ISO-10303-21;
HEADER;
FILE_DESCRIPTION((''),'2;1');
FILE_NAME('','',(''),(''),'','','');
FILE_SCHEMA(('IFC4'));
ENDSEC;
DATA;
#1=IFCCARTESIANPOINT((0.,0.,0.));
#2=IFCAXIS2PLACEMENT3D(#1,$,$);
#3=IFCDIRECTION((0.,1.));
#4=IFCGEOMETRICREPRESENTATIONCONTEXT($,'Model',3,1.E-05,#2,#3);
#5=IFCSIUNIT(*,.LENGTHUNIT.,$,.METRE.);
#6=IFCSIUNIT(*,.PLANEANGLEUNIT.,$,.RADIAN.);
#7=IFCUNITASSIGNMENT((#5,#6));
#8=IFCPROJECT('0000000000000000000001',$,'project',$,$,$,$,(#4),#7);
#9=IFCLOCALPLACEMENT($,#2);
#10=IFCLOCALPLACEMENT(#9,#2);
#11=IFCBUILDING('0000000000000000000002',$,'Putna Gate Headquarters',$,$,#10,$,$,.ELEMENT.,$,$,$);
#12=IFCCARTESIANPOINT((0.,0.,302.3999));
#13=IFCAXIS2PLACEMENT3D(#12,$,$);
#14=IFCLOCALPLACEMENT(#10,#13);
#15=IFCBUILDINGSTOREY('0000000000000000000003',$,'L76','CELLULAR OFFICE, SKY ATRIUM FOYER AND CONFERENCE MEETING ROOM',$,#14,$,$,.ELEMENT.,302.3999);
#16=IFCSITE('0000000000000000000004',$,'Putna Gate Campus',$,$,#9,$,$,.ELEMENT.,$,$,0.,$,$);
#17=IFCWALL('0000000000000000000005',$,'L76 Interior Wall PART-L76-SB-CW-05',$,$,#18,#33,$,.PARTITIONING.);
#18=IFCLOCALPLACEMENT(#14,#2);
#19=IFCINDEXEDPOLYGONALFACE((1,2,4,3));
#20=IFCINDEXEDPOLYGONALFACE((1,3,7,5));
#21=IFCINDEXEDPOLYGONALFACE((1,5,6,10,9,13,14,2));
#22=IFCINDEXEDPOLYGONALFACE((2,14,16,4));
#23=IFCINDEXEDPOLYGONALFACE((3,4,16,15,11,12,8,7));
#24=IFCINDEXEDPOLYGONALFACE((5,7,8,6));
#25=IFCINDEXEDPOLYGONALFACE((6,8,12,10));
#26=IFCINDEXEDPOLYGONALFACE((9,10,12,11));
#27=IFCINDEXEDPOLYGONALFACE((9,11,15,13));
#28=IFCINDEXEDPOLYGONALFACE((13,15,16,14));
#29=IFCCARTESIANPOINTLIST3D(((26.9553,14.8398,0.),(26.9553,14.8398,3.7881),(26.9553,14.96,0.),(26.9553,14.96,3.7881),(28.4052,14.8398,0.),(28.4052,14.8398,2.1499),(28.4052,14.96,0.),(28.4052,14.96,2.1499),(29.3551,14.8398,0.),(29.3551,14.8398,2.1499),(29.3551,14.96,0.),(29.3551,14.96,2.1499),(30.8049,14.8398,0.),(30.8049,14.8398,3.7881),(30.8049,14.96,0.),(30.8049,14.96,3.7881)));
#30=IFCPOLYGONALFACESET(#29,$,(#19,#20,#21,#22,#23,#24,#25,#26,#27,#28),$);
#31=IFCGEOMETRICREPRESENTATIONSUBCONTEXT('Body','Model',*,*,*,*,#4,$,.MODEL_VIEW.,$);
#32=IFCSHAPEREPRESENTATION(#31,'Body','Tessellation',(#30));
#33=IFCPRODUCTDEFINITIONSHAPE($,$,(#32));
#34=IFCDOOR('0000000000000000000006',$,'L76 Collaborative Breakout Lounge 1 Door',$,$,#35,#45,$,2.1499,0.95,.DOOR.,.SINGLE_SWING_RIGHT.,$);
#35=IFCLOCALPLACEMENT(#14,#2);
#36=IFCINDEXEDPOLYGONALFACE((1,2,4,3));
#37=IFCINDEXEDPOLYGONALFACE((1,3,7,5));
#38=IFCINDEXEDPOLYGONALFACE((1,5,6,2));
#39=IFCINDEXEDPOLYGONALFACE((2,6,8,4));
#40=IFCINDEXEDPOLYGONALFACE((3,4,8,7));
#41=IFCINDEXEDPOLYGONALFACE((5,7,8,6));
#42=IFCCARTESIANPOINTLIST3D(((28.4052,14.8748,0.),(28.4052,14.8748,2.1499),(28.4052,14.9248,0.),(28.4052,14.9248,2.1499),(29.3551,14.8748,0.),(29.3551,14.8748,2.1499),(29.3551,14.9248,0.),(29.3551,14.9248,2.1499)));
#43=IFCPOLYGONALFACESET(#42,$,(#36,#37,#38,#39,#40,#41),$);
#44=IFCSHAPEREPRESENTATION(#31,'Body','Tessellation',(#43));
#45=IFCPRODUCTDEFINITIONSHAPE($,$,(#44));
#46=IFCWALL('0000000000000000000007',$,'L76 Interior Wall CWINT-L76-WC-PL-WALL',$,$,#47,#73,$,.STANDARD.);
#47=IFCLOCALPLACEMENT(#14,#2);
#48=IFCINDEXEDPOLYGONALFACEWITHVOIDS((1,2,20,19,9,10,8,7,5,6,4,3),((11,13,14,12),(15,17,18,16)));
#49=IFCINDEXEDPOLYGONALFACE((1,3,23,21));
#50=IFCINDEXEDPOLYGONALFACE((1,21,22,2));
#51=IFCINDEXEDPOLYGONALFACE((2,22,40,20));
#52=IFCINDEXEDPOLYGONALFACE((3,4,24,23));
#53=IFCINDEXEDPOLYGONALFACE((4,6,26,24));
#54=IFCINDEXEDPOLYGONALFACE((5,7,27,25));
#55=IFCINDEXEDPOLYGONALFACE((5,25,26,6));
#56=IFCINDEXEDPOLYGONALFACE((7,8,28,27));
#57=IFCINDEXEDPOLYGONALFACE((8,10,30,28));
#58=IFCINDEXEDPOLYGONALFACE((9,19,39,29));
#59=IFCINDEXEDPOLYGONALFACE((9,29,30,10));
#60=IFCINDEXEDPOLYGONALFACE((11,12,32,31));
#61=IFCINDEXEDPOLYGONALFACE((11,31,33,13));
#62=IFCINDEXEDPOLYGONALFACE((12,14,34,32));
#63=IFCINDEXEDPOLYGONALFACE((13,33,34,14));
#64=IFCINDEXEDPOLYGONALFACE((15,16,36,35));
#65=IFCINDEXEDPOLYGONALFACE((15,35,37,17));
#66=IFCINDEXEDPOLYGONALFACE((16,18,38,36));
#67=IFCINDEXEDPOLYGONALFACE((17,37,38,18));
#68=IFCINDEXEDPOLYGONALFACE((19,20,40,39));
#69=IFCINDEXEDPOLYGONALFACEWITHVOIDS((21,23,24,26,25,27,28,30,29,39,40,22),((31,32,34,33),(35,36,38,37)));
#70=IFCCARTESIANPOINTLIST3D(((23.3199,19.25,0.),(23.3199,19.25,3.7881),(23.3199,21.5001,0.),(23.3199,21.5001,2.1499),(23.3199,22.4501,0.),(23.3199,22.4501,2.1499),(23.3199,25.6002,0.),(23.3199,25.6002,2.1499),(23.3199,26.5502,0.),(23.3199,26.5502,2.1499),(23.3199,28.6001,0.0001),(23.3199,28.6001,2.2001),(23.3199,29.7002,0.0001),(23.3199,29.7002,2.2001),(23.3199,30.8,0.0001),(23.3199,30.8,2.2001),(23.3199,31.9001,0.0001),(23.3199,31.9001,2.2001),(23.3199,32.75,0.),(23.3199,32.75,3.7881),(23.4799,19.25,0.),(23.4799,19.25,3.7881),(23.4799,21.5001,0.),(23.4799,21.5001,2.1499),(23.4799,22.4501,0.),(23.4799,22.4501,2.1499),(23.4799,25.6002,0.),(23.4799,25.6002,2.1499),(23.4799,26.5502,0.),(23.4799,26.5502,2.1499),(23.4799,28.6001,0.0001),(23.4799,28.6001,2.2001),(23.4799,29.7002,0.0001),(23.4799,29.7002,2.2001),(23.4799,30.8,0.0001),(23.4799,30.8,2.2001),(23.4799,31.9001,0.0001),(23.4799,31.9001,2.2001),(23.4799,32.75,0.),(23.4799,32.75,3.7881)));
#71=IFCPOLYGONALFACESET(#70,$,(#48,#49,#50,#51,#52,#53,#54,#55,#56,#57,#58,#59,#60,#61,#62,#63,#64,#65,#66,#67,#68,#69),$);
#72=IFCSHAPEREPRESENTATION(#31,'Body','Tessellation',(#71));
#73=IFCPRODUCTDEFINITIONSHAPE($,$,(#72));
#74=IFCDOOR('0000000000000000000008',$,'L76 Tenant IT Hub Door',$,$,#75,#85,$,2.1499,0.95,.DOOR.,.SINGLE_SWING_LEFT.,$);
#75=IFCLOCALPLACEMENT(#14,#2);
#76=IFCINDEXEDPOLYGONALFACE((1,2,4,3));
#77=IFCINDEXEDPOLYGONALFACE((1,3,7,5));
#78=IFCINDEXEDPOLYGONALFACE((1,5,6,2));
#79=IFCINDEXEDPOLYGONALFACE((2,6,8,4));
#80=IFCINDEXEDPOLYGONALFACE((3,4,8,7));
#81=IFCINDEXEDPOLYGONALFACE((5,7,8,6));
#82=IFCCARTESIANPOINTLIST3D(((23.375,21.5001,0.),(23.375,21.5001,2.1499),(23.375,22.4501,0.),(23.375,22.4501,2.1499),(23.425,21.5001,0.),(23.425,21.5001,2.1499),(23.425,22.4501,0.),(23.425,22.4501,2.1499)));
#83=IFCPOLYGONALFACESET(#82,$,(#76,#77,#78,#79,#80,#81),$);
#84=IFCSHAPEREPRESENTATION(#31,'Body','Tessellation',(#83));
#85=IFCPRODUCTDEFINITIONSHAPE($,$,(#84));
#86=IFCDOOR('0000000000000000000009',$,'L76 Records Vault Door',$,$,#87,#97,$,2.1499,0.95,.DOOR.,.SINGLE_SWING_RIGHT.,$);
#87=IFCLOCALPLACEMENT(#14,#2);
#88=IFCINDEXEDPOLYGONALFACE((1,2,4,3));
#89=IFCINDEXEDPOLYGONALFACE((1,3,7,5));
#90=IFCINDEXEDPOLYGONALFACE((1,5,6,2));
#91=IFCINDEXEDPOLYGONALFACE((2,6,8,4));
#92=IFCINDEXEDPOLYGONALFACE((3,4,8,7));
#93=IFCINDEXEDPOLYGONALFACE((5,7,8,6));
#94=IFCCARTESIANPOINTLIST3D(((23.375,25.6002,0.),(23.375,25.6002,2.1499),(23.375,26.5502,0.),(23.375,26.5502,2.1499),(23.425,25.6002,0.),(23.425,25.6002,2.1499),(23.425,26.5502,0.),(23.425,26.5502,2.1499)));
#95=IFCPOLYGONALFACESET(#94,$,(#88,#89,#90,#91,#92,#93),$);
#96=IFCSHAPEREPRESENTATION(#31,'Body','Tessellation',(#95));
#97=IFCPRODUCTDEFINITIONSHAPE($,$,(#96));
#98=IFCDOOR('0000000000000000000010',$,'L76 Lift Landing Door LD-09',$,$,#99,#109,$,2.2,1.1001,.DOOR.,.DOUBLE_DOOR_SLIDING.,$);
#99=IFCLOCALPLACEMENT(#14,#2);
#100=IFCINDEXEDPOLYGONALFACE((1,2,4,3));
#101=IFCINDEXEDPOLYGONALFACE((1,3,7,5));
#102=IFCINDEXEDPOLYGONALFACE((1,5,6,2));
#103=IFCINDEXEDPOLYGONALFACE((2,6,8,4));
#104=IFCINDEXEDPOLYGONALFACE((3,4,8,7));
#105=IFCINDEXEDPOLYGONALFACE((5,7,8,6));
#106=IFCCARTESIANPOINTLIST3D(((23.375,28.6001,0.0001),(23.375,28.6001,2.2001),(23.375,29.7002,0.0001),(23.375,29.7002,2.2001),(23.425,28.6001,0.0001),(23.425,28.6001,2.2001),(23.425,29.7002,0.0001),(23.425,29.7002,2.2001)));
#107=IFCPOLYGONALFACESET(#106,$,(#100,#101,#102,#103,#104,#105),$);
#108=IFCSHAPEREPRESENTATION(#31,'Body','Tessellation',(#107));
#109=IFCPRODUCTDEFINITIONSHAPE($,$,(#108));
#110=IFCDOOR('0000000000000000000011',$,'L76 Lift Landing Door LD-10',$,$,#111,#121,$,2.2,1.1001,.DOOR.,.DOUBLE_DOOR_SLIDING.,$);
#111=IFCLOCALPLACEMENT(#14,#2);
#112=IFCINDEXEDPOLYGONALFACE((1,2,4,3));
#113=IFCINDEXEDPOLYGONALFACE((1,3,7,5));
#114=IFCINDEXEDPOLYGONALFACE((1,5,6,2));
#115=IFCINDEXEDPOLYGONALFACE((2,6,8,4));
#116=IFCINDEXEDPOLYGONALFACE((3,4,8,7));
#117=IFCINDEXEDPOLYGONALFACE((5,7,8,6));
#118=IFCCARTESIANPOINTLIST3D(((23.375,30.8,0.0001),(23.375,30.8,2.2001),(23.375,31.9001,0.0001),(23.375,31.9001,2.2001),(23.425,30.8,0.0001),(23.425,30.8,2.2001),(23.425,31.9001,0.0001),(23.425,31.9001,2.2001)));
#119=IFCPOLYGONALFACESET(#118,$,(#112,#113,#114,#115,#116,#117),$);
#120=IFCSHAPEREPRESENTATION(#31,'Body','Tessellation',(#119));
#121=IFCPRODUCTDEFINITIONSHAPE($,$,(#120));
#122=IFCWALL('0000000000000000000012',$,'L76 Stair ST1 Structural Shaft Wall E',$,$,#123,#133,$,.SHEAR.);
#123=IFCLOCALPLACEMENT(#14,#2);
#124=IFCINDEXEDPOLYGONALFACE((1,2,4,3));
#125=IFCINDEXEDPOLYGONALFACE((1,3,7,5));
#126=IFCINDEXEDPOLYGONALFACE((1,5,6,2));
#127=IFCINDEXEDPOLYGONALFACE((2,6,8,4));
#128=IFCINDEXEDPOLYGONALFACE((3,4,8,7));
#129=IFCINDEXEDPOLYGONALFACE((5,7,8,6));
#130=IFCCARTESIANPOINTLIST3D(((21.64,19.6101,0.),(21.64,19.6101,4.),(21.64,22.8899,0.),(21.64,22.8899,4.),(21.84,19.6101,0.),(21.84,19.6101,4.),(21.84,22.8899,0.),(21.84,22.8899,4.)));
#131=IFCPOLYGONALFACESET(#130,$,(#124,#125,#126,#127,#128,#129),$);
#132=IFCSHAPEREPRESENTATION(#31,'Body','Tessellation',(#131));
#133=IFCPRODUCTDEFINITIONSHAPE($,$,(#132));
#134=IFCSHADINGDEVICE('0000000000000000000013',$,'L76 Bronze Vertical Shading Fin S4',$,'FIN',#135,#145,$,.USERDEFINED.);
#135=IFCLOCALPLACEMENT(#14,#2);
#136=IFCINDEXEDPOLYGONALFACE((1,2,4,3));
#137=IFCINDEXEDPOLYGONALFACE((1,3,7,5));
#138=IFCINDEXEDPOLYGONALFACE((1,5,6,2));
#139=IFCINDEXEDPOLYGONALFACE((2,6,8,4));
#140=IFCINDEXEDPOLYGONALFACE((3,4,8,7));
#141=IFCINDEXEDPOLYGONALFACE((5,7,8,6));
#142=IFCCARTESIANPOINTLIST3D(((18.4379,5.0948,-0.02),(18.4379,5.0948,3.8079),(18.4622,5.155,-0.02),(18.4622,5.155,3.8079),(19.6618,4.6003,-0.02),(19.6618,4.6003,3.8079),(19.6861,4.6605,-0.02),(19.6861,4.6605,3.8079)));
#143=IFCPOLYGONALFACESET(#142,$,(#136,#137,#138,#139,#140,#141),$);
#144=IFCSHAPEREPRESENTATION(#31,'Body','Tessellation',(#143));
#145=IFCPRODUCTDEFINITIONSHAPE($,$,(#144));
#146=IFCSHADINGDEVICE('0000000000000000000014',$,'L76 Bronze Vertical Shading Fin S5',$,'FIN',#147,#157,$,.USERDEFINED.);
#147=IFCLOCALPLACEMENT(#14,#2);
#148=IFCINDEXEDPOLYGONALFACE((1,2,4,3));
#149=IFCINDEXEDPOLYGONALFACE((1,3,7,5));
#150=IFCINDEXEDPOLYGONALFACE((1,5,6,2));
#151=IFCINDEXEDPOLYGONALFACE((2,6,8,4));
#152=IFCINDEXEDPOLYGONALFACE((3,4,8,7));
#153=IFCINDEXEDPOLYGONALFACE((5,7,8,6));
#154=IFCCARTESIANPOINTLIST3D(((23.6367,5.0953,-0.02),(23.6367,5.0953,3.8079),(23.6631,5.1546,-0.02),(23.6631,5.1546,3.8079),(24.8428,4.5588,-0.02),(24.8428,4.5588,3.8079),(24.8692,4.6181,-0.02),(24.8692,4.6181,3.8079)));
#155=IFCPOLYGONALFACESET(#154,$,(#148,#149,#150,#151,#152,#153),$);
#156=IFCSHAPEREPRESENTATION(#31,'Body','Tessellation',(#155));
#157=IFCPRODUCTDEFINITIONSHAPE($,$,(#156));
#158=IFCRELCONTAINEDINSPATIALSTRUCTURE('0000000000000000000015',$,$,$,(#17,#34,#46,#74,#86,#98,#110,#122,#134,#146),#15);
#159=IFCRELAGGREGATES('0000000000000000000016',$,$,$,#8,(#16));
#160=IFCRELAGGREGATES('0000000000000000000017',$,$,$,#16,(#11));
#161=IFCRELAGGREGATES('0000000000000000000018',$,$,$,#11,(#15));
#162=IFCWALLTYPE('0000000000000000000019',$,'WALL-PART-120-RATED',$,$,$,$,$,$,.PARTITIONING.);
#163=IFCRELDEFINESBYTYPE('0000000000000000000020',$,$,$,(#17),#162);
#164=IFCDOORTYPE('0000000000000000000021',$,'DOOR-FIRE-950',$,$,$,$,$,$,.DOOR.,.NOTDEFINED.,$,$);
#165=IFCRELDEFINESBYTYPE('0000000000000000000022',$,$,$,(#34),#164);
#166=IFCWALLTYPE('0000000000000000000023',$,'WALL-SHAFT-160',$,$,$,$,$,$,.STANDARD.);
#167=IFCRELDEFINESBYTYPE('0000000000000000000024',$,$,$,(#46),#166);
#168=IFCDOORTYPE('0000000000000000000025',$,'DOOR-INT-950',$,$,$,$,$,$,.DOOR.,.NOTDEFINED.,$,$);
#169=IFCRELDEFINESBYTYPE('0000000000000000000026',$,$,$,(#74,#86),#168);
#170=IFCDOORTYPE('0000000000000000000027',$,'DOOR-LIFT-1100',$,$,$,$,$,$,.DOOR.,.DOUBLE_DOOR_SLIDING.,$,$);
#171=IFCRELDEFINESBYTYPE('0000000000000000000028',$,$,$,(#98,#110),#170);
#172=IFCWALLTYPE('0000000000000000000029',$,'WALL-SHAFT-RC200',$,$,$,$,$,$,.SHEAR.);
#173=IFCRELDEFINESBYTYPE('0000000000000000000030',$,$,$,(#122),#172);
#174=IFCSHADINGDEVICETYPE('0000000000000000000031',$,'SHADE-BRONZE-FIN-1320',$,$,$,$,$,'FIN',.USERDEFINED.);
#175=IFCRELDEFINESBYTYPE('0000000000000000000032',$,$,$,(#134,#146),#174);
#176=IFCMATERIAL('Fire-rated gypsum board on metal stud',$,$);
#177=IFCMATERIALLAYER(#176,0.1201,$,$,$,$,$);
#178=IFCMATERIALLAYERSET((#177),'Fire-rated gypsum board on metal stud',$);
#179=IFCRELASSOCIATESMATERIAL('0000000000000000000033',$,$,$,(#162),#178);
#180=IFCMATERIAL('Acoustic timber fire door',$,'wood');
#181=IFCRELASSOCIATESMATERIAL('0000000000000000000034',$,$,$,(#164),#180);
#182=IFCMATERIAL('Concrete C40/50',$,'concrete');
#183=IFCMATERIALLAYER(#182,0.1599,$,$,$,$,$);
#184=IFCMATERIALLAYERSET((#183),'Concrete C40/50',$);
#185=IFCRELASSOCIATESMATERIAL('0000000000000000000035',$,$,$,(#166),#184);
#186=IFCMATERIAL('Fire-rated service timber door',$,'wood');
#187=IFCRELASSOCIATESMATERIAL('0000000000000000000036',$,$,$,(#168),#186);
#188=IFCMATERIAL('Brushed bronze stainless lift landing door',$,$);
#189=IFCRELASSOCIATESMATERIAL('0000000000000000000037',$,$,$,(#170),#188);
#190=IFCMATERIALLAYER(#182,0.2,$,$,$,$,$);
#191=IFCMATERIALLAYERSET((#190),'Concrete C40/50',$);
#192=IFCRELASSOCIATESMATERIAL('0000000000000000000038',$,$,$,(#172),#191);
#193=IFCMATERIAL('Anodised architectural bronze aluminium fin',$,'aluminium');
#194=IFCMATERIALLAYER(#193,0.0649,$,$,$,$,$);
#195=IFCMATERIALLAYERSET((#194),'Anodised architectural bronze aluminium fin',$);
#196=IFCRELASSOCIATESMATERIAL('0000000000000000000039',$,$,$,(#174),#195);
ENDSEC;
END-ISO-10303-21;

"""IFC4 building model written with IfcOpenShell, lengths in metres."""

from ifc_helpers import new_model, si_unit, direction, frame, frame_2d, origin, origin_2d, place, context, subcontext, project, spatial, rectangle, extrude, material, layer, layer_set, type_object, element, fill, save


model = new_model("IFC4")

# Units and contexts
model_context = context("Model", 3, precision=1e-05, world=origin(), true_north=direction((0.0, 1.0)))
body_context = subcontext(model_context, "Body", "Model", "MODEL_VIEW")
ifc_project = project(units=[si_unit("LENGTHUNIT", "METRE"), si_unit("PLANEANGLEUNIT", "RADIAN")], contexts=[model_context])

# Site, building, storey
site_placement = place(None, origin())
site = spatial("IfcSite", under=ifc_project, at=site_placement, Name="Putna Gate Campus", CompositionType="ELEMENT", RefElevation=0.0)
building_placement = place(site_placement, origin())
building = spatial("IfcBuilding", under=site, at=building_placement, Name="Putna Gate Headquarters", CompositionType="ELEMENT")
storey_placement = place(building_placement, frame((0.0, 0.0, 302.3999)))
storey = spatial("IfcBuildingStorey", under=building, at=storey_placement, Name="L76", Description="CELLULAR OFFICE, SKY ATRIUM FOYER AND CONFERENCE MEETING ROOM", CompositionType="ELEMENT", Elevation=302.3999)

# Wall, opening, door
ifc_material_1 = material(Name="Fire-rated gypsum board on metal stud")
ifc_layer_1 = layer(ifc_material_1, 0.1201)
ifc_layer_set_1 = layer_set([ifc_layer_1], Name="Fire-rated gypsum board on metal stud")
wall_type_1 = type_object("IfcWallType", Name="WALL-PART-120-RATED", PredefinedType="PARTITIONING", material=ifc_layer_set_1)
ifc_material_2 = material(Name="Acoustic timber fire door", Category="wood")
door_type_1 = type_object("IfcDoorType", Name="DOOR-FIRE-950", OperationType="NOTDEFINED", PredefinedType="DOOR", material=ifc_material_2)
wall_1_placement = place(storey_placement, frame((26.9553, 14.8999, 0.0), z_axis=(0.0, 0.0, 1.0), x_axis=(1.0, 0.0, 0.0)))
wall_1 = element("IfcWall", 1, at=wall_1_placement, inside=storey, type_object=wall_type_1, Name="L76 Interior Wall PART-L76-SB-CW-05", PredefinedType="PARTITIONING", context=body_context, shape_type="SweptSolid", body=[
    extrude(rectangle(XDim=3.8496, YDim=0.1201, at=frame_2d((1.9248, 0.0))), origin(), (0.0, 0.0, 1.0), 3.7881),
])
opening_1_placement = place(wall_1_placement, frame((1.4497, 0.0, 0.0)))
opening_1 = element("IfcOpeningElement", 2, at=opening_1_placement, cuts=wall_1, PredefinedType="OPENING", context=body_context, shape_type="SweptSolid", body=[
    extrude(rectangle(XDim=0.95, YDim=2.1499, at=frame_2d((0.4751, 1.075))), frame((0.0, 0.0701, 0.0), z_axis=(0.0, -1.0, 0.0), x_axis=(1.0, 0.0, 0.0)), (0.0, 0.0, 1.0), 0.1401),
])
door_1_placement = place(opening_1_placement, origin())
door_1 = element("IfcDoor", 3, at=door_1_placement, inside=storey, type_object=door_type_1, Name="L76 Collaborative Breakout Lounge 1 Door", OperationType="SINGLE_SWING_RIGHT", OverallHeight=2.1499, OverallWidth=0.95, PredefinedType="DOOR", context=body_context, shape_type="SweptSolid", body=[
    extrude(rectangle(XDim=0.95, YDim=2.1499, at=frame_2d((0.4751, 1.075))), frame((0.0, 0.0249, 0.0), z_axis=(0.0, -1.0, 0.0), x_axis=(1.0, 0.0, 0.0)), (0.0, 0.0, 1.0), 0.05),
])
fill(opening_1, door_1)

# Wall, openings, doors
ifc_material_3 = material(Name="Concrete C40/50", Category="concrete")
ifc_layer_2 = layer(ifc_material_3, 0.1599)
ifc_layer_set_2 = layer_set([ifc_layer_2], Name="Concrete C40/50")
wall_type_2 = type_object("IfcWallType", Name="WALL-SHAFT-160", PredefinedType="STANDARD", material=ifc_layer_set_2)
wall_2_placement = place(storey_placement, frame((23.3999, 19.25, 0.0), z_axis=(0.0, 0.0, 1.0), x_axis=(0.0, 1.0, 0.0)))
wall_2 = element("IfcWall", 4, at=wall_2_placement, inside=storey, type_object=wall_type_2, Name="L76 Interior Wall CWINT-L76-WC-PL-WALL", PredefinedType="STANDARD", context=body_context, shape_type="SweptSolid", body=[
    extrude(rectangle(XDim=13.5, YDim=0.1599, at=frame_2d((6.75, 0.0))), origin(), (0.0, 0.0, 1.0), 3.7881),
])
opening_2_placement = place(wall_2_placement, frame((2.25, 0.0, 0.0)))
opening_2 = element("IfcOpeningElement", 5, at=opening_2_placement, cuts=wall_2, PredefinedType="OPENING", context=body_context, shape_type="SweptSolid", body=[
    extrude(rectangle(XDim=0.95, YDim=2.1499, at=frame_2d((0.4751, 1.075))), frame((0.0, 0.0898, 0.0), z_axis=(0.0, -1.0, 0.0), x_axis=(1.0, 0.0, 0.0)), (0.0, 0.0, 1.0), 0.1799),
])
opening_3_placement = place(wall_2_placement, frame((6.3501, 0.0, 0.0)))
opening_3 = element("IfcOpeningElement", 6, at=opening_3_placement, cuts=wall_2, PredefinedType="OPENING", context=body_context, shape_type="SweptSolid", body=[
    extrude(rectangle(XDim=0.95, YDim=2.1499, at=frame_2d((0.4751, 1.075))), frame((0.0, 0.0898, 0.0), z_axis=(0.0, -1.0, 0.0), x_axis=(1.0, 0.0, 0.0)), (0.0, 0.0, 1.0), 0.1799),
])
opening_4_placement = place(wall_2_placement, frame((9.3501, 0.0, 0.0)))
opening_4 = element("IfcOpeningElement", 7, at=opening_4_placement, cuts=wall_2, PredefinedType="OPENING", context=body_context, shape_type="SweptSolid", body=[
    extrude(rectangle(XDim=1.1001, YDim=2.2, at=frame_2d((0.55, 1.1001))), frame((0.0, 0.0898, 0.0), z_axis=(0.0, -1.0, 0.0), x_axis=(1.0, 0.0, 0.0)), (0.0, 0.0, 1.0), 0.1799),
])
opening_5_placement = place(wall_2_placement, frame((11.55, 0.0, 0.0)))
opening_5 = element("IfcOpeningElement", 8, at=opening_5_placement, cuts=wall_2, PredefinedType="OPENING", context=body_context, shape_type="SweptSolid", body=[
    extrude(rectangle(XDim=1.1001, YDim=2.2, at=frame_2d((0.55, 1.1001))), frame((0.0, 0.0898, 0.0), z_axis=(0.0, -1.0, 0.0), x_axis=(1.0, 0.0, 0.0)), (0.0, 0.0, 1.0), 0.1799),
])
ifc_material_4 = material(Name="Fire-rated service timber door", Category="wood")
door_type_2 = type_object("IfcDoorType", Name="DOOR-INT-950", OperationType="NOTDEFINED", PredefinedType="DOOR", material=ifc_material_4)
door_2_placement = place(opening_2_placement, origin())
door_2 = element("IfcDoor", 9, at=door_2_placement, inside=storey, type_object=door_type_2, Name="L76 Tenant IT Hub Door", OperationType="SINGLE_SWING_LEFT", OverallHeight=2.1499, OverallWidth=0.95, PredefinedType="DOOR", context=body_context, shape_type="SweptSolid", body=[
    extrude(rectangle(XDim=0.95, YDim=2.1499, at=frame_2d((0.4751, 1.075))), frame((0.0, 0.0249, 0.0), z_axis=(0.0, -1.0, 0.0), x_axis=(1.0, 0.0, 0.0)), (0.0, 0.0, 1.0), 0.05),
])
fill(opening_2, door_2)
door_3_placement = place(opening_3_placement, origin())
door_3 = element("IfcDoor", 10, at=door_3_placement, inside=storey, type_object=door_type_2, Name="L76 Records Vault Door", OperationType="SINGLE_SWING_RIGHT", OverallHeight=2.1499, OverallWidth=0.95, PredefinedType="DOOR", context=body_context, shape_type="SweptSolid", body=[
    extrude(rectangle(XDim=0.95, YDim=2.1499, at=frame_2d((0.4751, 1.075))), frame((0.0, 0.0249, 0.0), z_axis=(0.0, -1.0, 0.0), x_axis=(1.0, 0.0, 0.0)), (0.0, 0.0, 1.0), 0.05),
])
fill(opening_3, door_3)
ifc_material_5 = material(Name="Brushed bronze stainless lift landing door")
door_type_3 = type_object("IfcDoorType", Name="DOOR-LIFT-1100", OperationType="DOUBLE_DOOR_SLIDING", PredefinedType="DOOR", material=ifc_material_5)
door_4_placement = place(opening_4_placement, origin())
door_4 = element("IfcDoor", 11, at=door_4_placement, inside=storey, type_object=door_type_3, Name="L76 Lift Landing Door LD-09", OperationType="DOUBLE_DOOR_SLIDING", OverallHeight=2.2, OverallWidth=1.1001, PredefinedType="DOOR", context=body_context, shape_type="SweptSolid", body=[
    extrude(rectangle(XDim=1.1001, YDim=2.2, at=frame_2d((0.55, 1.1001))), frame((0.0, 0.0249, 0.0), z_axis=(0.0, -1.0, 0.0), x_axis=(1.0, 0.0, 0.0)), (0.0, 0.0, 1.0), 0.05),
])
fill(opening_4, door_4)
door_5_placement = place(opening_5_placement, origin())
door_5 = element("IfcDoor", 12, at=door_5_placement, inside=storey, type_object=door_type_3, Name="L76 Lift Landing Door LD-10", OperationType="DOUBLE_DOOR_SLIDING", OverallHeight=2.2, OverallWidth=1.1001, PredefinedType="DOOR", context=body_context, shape_type="SweptSolid", body=[
    extrude(rectangle(XDim=1.1001, YDim=2.2, at=frame_2d((0.55, 1.1001))), frame((0.0, 0.0249, 0.0), z_axis=(0.0, -1.0, 0.0), x_axis=(1.0, 0.0, 0.0)), (0.0, 0.0, 1.0), 0.05),
])
fill(opening_5, door_5)

# Wall
ifc_layer_3 = layer(ifc_material_3, 0.2)
ifc_layer_set_3 = layer_set([ifc_layer_3], Name="Concrete C40/50")
wall_type_3 = type_object("IfcWallType", Name="WALL-SHAFT-RC200", PredefinedType="SHEAR", material=ifc_layer_set_3)
wall_3_placement = place(storey_placement, frame((21.74, 19.6101, 0.0), z_axis=(0.0, 0.0, 1.0), x_axis=(0.0, 1.0, 0.0)))
element("IfcWall", 13, at=wall_3_placement, inside=storey, type_object=wall_type_3, Name="L76 Stair ST1 Structural Shaft Wall E", PredefinedType="SHEAR", context=body_context, shape_type="SweptSolid", body=[
    extrude(rectangle(XDim=3.2798, YDim=0.2, at=frame_2d((1.6399, 0.0))), origin(), (0.0, 0.0, 1.0), 4.0),
])

# Shading devices
ifc_material_6 = material(Name="Anodised architectural bronze aluminium fin", Category="aluminium")
ifc_layer_4 = layer(ifc_material_6, 0.0649)
ifc_layer_set_4 = layer_set([ifc_layer_4], Name="Anodised architectural bronze aluminium fin")
shading_device_type = type_object("IfcShadingDeviceType", Name="SHADE-BRONZE-FIN-1320", ElementType="FIN", PredefinedType="USERDEFINED", material=ifc_layer_set_4)
for number, where, z_axis, x_axis, name in (
    (14, (19.062, 4.8777, -0.02), (0.0, 0.0, 1.0), (0.927184, -0.374607, 0.0), "L76 Bronze Vertical Shading Fin S4"),
    (15, (24.2529, 4.8567, -0.02), (0.0, 0.0, 1.0), (0.913687, -0.406418, 0.0), "L76 Bronze Vertical Shading Fin S5"),
):
    element("IfcShadingDevice", number, at=place(storey_placement, frame(where, z_axis=z_axis, x_axis=x_axis)), inside=storey, type_object=shading_device_type, Name=name, ObjectType="FIN", PredefinedType="USERDEFINED", context=body_context, shape_type="SweptSolid", body=[
        extrude(rectangle(XDim=1.3201, YDim=0.0649, at=origin_2d()), origin(), (0.0, 0.0, 1.0), 3.8279),
    ])

save(model, "model.ifc")
